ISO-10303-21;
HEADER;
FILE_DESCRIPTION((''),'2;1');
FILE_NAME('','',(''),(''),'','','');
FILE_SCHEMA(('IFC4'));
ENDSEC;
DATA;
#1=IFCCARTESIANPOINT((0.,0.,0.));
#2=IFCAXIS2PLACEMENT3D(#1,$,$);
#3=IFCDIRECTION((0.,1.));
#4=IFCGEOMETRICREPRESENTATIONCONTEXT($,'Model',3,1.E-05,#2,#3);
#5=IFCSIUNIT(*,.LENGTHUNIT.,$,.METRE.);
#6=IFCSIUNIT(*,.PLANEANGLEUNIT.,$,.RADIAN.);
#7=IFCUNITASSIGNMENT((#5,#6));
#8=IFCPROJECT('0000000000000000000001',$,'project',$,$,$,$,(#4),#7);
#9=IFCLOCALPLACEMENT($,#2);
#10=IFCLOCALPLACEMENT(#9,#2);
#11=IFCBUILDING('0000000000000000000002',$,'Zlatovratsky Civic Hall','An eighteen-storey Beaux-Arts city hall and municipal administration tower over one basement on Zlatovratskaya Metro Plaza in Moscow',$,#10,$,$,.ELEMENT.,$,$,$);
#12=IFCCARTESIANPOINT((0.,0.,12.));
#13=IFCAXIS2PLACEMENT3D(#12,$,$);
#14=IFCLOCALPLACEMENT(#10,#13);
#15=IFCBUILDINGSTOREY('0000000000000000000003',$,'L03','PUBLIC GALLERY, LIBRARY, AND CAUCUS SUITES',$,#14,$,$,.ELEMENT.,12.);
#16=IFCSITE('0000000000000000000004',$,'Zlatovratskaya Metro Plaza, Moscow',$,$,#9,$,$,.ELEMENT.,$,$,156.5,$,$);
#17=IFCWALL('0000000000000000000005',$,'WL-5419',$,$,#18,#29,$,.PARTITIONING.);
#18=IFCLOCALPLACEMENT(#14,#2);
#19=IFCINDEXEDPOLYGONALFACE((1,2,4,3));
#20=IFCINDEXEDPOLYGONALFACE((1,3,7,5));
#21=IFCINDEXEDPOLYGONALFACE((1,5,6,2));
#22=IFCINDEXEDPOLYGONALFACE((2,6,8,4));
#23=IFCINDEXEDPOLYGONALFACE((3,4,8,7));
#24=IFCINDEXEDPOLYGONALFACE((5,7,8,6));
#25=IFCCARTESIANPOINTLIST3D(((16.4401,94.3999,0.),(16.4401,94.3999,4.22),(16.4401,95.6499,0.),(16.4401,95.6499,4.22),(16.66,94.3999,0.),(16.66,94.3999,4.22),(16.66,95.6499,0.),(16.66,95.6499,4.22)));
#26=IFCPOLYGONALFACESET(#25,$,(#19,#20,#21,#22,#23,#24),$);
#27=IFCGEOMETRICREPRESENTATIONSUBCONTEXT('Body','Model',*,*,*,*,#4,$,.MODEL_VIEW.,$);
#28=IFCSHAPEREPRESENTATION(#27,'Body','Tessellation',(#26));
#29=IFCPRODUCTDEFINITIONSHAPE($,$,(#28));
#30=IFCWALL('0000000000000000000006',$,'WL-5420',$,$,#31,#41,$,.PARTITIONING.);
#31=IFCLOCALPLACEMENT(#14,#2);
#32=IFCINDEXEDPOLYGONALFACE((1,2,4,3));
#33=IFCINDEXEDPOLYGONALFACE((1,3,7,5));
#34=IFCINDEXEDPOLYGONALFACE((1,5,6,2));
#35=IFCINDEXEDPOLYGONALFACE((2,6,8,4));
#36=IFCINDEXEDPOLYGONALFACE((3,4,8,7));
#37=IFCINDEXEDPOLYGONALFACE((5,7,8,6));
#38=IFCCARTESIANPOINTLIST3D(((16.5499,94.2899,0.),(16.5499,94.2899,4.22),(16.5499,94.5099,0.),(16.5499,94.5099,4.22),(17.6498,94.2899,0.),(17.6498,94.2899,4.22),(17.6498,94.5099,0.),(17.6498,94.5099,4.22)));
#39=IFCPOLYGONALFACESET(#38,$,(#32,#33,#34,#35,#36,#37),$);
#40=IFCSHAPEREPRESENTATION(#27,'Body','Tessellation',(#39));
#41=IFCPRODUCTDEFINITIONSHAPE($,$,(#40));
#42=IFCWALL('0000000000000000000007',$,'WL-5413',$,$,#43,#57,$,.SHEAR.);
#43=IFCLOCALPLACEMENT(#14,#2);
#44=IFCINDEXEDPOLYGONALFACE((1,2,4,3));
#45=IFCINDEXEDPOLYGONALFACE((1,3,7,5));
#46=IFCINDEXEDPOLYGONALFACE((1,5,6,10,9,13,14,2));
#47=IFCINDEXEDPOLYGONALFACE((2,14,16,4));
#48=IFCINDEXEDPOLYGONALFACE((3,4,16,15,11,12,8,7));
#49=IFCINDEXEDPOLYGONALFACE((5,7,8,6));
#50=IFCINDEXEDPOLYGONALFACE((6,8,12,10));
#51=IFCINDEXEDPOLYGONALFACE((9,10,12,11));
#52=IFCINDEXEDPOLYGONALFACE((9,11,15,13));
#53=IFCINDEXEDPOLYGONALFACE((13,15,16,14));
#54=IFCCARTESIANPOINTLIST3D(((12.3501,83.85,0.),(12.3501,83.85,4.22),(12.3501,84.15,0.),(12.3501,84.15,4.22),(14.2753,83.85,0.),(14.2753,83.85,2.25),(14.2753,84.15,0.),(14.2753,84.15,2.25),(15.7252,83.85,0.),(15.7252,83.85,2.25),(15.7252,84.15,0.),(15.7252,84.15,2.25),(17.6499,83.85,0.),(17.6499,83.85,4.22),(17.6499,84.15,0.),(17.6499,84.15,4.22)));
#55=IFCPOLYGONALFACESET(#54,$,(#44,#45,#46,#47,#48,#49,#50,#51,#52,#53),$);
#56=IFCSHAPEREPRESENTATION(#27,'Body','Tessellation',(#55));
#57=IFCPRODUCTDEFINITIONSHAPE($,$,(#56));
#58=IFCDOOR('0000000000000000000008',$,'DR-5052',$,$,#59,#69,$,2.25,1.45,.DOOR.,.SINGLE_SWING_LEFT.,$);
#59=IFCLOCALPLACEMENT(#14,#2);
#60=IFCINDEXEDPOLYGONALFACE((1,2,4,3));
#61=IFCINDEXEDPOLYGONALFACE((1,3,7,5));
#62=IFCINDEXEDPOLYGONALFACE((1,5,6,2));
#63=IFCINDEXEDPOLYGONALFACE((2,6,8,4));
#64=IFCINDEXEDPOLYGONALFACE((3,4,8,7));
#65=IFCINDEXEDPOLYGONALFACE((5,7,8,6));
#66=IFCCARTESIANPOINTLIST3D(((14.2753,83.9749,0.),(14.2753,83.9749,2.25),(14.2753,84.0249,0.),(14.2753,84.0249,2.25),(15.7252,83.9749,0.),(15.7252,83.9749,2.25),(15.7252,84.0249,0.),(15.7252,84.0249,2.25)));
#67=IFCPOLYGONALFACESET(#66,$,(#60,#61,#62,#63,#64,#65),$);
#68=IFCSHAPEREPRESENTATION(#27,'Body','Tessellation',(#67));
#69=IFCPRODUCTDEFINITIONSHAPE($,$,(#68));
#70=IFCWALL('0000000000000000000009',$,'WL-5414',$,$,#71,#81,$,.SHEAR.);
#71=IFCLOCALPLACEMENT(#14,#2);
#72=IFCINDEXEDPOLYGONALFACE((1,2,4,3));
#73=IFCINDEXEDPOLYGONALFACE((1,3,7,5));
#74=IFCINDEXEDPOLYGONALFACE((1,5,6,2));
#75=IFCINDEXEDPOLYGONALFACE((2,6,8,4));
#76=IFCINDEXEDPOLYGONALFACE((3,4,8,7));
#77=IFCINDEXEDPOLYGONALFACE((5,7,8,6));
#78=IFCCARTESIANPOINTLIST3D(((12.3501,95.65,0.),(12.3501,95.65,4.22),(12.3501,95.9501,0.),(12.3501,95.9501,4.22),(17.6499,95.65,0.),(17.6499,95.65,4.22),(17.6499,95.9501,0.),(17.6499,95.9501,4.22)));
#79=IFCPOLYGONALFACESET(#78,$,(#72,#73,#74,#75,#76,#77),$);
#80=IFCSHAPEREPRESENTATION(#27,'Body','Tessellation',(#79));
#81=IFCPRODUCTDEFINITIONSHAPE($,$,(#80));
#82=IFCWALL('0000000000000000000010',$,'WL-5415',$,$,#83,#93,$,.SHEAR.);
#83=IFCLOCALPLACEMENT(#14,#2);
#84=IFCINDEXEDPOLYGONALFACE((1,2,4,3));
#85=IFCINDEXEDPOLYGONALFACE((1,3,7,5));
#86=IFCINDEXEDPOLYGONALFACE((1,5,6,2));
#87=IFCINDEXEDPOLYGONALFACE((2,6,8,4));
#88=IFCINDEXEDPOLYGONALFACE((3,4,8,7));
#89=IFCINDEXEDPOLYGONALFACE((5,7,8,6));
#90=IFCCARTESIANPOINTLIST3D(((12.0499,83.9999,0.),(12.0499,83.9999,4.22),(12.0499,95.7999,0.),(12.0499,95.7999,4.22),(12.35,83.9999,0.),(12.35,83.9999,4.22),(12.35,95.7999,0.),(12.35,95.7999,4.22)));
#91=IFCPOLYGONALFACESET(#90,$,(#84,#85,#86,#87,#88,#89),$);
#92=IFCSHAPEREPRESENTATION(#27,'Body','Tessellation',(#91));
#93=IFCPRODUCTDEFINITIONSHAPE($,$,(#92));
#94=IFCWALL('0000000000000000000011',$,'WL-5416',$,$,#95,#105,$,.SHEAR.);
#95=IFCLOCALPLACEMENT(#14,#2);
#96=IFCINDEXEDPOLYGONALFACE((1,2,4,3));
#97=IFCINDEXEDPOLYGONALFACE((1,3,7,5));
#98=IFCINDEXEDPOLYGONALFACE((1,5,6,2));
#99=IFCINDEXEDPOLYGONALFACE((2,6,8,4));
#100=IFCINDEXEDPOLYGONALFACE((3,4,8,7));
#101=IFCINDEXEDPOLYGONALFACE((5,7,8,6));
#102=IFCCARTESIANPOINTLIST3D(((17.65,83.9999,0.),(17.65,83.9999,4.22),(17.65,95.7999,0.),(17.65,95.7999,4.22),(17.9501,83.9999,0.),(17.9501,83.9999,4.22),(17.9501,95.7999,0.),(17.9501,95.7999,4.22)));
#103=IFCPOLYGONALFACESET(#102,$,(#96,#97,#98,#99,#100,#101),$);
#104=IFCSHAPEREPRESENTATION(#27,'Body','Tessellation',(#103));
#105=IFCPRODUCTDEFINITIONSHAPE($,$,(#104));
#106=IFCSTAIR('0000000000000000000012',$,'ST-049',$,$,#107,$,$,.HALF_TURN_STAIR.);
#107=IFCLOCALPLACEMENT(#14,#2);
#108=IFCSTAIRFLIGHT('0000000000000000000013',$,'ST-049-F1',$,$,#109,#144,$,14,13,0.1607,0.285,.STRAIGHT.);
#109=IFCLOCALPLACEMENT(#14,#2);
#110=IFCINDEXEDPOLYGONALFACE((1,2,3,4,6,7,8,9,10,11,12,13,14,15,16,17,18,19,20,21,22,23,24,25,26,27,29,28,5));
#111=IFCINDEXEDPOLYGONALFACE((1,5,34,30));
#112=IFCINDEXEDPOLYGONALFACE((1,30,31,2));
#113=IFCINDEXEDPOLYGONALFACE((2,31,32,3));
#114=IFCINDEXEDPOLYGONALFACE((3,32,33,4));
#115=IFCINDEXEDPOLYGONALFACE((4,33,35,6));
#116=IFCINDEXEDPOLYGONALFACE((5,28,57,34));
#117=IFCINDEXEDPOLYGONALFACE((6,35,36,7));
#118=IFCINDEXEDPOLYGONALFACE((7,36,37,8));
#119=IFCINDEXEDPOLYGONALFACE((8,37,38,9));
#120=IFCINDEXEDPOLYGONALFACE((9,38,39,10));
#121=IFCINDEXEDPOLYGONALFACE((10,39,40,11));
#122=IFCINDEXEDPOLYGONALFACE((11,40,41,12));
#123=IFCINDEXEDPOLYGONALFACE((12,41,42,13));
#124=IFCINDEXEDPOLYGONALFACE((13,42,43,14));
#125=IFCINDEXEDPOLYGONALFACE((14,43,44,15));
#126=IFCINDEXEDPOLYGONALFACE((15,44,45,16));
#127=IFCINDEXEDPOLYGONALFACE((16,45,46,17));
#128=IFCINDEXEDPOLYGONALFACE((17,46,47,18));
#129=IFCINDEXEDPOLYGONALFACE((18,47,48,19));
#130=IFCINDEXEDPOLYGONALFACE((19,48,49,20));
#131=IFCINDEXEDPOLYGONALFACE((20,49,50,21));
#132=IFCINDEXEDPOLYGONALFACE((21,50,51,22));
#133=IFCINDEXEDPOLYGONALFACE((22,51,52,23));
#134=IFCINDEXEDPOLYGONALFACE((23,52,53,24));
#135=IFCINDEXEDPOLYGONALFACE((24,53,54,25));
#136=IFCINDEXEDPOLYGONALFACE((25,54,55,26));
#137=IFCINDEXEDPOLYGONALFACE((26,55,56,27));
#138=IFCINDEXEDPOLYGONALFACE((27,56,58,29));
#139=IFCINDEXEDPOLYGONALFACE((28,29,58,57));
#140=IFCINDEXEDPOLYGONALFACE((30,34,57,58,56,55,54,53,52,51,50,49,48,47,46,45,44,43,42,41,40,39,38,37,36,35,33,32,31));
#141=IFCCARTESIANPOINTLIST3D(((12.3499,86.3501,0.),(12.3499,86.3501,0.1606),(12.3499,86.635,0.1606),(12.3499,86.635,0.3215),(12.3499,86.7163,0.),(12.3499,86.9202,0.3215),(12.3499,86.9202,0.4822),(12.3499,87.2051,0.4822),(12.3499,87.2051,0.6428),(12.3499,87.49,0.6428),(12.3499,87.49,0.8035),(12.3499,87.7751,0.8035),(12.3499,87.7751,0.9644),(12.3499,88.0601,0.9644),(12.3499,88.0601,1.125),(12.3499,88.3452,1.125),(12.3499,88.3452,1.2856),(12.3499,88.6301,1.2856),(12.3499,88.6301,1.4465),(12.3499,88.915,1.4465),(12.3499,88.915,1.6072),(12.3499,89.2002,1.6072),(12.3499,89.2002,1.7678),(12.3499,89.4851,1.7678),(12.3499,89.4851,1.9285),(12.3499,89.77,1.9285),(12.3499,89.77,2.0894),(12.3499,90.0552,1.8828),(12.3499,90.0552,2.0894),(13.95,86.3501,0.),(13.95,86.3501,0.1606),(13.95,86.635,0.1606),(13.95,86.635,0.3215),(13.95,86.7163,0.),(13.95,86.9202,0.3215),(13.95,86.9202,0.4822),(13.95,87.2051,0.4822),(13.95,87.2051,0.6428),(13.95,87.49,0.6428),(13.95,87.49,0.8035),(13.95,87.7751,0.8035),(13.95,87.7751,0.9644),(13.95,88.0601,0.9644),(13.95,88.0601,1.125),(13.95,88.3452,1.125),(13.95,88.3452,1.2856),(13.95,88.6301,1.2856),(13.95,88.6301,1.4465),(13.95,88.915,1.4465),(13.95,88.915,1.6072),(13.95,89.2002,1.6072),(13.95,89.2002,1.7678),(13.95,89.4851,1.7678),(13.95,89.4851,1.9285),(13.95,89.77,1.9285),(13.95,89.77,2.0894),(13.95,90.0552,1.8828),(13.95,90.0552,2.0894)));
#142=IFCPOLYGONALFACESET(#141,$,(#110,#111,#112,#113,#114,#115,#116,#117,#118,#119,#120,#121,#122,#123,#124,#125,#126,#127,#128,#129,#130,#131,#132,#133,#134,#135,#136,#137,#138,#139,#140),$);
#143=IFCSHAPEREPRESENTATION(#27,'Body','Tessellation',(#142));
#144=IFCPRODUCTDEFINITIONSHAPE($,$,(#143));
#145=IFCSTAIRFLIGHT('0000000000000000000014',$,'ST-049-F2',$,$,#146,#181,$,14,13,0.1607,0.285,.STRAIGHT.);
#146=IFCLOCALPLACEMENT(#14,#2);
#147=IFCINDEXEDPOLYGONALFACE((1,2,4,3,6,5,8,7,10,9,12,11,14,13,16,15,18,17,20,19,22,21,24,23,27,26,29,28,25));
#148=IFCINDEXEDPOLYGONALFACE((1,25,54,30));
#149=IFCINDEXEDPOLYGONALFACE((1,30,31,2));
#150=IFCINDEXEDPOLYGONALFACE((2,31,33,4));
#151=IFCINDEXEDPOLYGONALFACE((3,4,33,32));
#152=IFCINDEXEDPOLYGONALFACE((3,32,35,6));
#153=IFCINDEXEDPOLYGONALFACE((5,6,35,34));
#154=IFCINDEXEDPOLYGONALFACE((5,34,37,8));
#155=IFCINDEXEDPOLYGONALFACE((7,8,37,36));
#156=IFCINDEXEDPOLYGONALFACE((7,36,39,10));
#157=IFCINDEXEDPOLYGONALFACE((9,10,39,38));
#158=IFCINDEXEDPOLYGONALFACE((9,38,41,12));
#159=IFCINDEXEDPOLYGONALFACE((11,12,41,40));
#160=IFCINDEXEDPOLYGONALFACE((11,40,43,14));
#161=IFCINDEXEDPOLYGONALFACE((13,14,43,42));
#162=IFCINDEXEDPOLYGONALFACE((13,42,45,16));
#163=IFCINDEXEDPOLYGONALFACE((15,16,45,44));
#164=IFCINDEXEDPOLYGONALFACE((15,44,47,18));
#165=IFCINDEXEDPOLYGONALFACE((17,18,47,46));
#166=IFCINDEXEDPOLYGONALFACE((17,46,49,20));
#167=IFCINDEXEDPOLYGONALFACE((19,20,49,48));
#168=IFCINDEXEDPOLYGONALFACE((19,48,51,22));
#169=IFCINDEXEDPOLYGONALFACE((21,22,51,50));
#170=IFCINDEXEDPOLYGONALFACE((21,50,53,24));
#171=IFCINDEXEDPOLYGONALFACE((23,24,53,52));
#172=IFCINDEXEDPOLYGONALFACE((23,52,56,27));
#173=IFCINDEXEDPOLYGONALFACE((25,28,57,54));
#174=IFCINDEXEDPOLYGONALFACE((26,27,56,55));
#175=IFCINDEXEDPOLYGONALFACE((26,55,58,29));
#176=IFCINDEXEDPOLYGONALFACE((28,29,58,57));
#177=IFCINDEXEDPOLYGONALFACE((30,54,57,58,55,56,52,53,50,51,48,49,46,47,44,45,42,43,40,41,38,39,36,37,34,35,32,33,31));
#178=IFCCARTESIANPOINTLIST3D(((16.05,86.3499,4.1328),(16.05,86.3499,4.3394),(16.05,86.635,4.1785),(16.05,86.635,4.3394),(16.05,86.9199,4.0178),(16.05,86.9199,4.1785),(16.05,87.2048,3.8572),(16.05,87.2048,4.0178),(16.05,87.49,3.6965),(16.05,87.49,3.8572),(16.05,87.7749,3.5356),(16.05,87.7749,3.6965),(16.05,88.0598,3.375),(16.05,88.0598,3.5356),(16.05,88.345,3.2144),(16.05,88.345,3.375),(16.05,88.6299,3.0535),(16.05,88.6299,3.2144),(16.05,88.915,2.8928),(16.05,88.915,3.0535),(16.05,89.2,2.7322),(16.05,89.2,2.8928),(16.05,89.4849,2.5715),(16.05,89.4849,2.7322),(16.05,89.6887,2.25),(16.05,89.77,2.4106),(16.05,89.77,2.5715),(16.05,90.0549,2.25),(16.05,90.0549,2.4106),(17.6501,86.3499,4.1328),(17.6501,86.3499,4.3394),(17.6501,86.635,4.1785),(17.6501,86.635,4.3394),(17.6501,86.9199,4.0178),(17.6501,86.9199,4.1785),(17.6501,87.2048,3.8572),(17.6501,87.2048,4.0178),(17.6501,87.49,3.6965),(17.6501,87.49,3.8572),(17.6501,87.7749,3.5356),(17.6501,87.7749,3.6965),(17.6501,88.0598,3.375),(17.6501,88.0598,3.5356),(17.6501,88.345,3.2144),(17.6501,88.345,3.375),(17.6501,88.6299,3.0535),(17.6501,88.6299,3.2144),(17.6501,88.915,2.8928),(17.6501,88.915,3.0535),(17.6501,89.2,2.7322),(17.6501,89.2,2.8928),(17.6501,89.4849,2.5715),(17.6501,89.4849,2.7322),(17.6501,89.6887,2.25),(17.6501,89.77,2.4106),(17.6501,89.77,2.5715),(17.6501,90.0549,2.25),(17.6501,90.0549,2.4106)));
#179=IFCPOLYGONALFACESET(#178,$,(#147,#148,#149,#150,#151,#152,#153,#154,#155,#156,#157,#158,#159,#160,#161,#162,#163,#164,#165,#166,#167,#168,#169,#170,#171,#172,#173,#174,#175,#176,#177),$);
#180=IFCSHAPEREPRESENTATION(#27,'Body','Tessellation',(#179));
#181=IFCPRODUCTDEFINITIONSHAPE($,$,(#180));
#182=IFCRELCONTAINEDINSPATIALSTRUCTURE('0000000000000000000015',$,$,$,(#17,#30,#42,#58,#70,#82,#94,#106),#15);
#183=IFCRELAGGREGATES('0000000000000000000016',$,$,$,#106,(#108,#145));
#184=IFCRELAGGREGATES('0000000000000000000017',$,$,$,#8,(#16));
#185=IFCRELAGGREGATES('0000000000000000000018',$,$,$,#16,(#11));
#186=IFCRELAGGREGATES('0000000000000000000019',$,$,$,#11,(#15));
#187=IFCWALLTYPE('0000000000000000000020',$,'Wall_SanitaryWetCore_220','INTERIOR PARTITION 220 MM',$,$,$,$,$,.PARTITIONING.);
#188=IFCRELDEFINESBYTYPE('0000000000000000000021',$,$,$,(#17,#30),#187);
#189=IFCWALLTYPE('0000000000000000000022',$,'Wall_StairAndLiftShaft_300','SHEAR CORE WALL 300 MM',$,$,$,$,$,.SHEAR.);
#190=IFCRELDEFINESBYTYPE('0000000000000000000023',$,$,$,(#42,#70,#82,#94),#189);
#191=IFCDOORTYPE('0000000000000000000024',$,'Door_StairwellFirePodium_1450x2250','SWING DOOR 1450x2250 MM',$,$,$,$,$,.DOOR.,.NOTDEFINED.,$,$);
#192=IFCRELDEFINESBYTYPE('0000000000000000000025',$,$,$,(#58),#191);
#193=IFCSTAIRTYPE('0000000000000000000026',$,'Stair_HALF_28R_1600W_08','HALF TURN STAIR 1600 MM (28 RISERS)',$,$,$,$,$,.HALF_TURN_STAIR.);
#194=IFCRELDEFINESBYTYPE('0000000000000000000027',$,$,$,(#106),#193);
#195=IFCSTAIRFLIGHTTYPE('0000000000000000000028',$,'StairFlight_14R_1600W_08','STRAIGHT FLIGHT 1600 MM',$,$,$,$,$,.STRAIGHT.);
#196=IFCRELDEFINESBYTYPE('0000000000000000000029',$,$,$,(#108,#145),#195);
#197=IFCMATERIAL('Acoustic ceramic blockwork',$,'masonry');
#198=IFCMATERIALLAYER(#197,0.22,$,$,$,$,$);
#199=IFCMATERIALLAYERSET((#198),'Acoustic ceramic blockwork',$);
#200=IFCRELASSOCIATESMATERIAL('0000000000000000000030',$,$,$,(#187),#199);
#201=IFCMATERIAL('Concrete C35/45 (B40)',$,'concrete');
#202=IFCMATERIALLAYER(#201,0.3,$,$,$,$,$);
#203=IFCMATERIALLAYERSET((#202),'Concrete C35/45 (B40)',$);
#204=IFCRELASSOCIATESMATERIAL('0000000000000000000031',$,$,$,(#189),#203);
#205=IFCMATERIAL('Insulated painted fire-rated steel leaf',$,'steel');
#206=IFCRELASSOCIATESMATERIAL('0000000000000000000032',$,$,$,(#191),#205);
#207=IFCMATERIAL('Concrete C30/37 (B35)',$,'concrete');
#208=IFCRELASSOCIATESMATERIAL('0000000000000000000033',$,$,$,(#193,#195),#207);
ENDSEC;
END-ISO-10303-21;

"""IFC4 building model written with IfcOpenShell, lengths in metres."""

from ifc_helpers import new_model, si_unit, direction, frame, frame_2d, origin, place, context, subcontext, project, spatial, polyline, rectangle, outline, extrude, material, layer, layer_set, type_object, element, fill, aggregate, save


model = new_model("IFC4")

# Units and contexts
model_context = context("Model", 3, precision=1e-05, world=origin(), true_north=direction((0.0, 1.0)))
body_context = subcontext(model_context, "Body", "Model", "MODEL_VIEW")
ifc_project = project(units=[si_unit("LENGTHUNIT", "METRE"), si_unit("PLANEANGLEUNIT", "RADIAN")], contexts=[model_context])

# Site, building, storey
site_placement = place(None, origin())
site = spatial("IfcSite", under=ifc_project, at=site_placement, Name="Zlatovratskaya Metro Plaza, Moscow", CompositionType="ELEMENT", RefElevation=156.5)
building_placement = place(site_placement, origin())
building = spatial("IfcBuilding", under=site, at=building_placement, Name="Zlatovratsky Civic Hall", Description="An eighteen-storey Beaux-Arts city hall and municipal administration tower over one basement on Zlatovratskaya Metro Plaza in Moscow", CompositionType="ELEMENT")
storey_placement = place(building_placement, frame((0.0, 0.0, 12.0)))
storey = spatial("IfcBuildingStorey", under=building, at=storey_placement, Name="L03", Description="PUBLIC GALLERY, LIBRARY, AND CAUCUS SUITES", CompositionType="ELEMENT", Elevation=12.0)

# Shared definitions
ifc_material_1 = material(Name="Concrete C35/45 (B40)", Category="concrete")

# Shared definitions
ifc_material_2 = material(Name="Acoustic ceramic blockwork", Category="masonry")

# Walls
ifc_layer_1 = layer(ifc_material_2, 0.22)
ifc_layer_set_1 = layer_set([ifc_layer_1], Name="Acoustic ceramic blockwork")
wall_type_1 = type_object("IfcWallType", Name="Wall_SanitaryWetCore_220", Description="INTERIOR PARTITION 220 MM", PredefinedType="PARTITIONING", material=ifc_layer_set_1)
wall_1_placement = place(storey_placement, frame((16.55, 94.3999, 0.0), z_axis=(0.0, 0.0, 1.0), x_axis=(0.0, 1.0, 0.0)))
element("IfcWall", 1, at=wall_1_placement, inside=storey, type_object=wall_type_1, Name="WL-5419", PredefinedType="PARTITIONING", context=body_context, shape_type="SweptSolid", body=[
    extrude(rectangle(XDim=1.25, YDim=0.22, at=frame_2d((0.625, 0.0))), origin(), (0.0, 0.0, 1.0), 4.22),
])
wall_2_placement = place(storey_placement, frame((16.55, 94.3999, 0.0), z_axis=(0.0, 0.0, 1.0), x_axis=(1.0, 0.0, 0.0)))
element("IfcWall", 2, at=wall_2_placement, inside=storey, type_object=wall_type_1, Name="WL-5420", PredefinedType="PARTITIONING", context=body_context, shape_type="SweptSolid", body=[
    extrude(rectangle(XDim=1.0999, YDim=0.22, at=frame_2d((0.5498, 0.0))), origin(), (0.0, 0.0, 1.0), 4.22),
])

# Wall, opening, door
ifc_layer_2 = layer(ifc_material_1, 0.3)
ifc_layer_set_2 = layer_set([ifc_layer_2], Name="Concrete C35/45 (B40)")
wall_type_2 = type_object("IfcWallType", Name="Wall_StairAndLiftShaft_300", Description="SHEAR CORE WALL 300 MM", PredefinedType="SHEAR", material=ifc_layer_set_2)
wall_3_placement = place(storey_placement, frame((12.3501, 84.0, 0.0), z_axis=(0.0, 0.0, 1.0), x_axis=(1.0, 0.0, 0.0)))
wall_3 = element("IfcWall", 3, at=wall_3_placement, inside=storey, type_object=wall_type_2, Name="WL-5413", PredefinedType="SHEAR", context=body_context, shape_type="SweptSolid", body=[
    extrude(rectangle(XDim=5.2998, YDim=0.3, at=frame_2d((2.6499, 0.0))), origin(), (0.0, 0.0, 1.0), 4.22),
])
opening_1_placement = place(wall_3_placement, frame((1.925, 0.0, 0.0)))
opening_1 = element("IfcOpeningElement", 4, at=opening_1_placement, cuts=wall_3, PredefinedType="OPENING", context=body_context, shape_type="SweptSolid", body=[
    extrude(rectangle(XDim=1.45, YDim=2.25, at=frame_2d((0.7251, 1.125))), frame((0.0, 0.165, 0.0), z_axis=(0.0, -1.0, 0.0), x_axis=(1.0, 0.0, 0.0)), (0.0, 0.0, 1.0), 0.3298),
])
ifc_material_3 = material(Name="Insulated painted fire-rated steel leaf", Category="steel")
door_type = type_object("IfcDoorType", Name="Door_StairwellFirePodium_1450x2250", Description="SWING DOOR 1450x2250 MM", OperationType="NOTDEFINED", PredefinedType="DOOR", material=ifc_material_3)
door_placement = place(opening_1_placement, origin())
door = element("IfcDoor", 5, at=door_placement, inside=storey, type_object=door_type, Name="DR-5052", OperationType="SINGLE_SWING_LEFT", OverallHeight=2.25, OverallWidth=1.45, PredefinedType="DOOR", context=body_context, shape_type="SweptSolid", body=[
    extrude(rectangle(XDim=1.45, YDim=2.25, at=frame_2d((0.7251, 1.125))), frame((0.0, 0.0249, 0.0), z_axis=(0.0, -1.0, 0.0), x_axis=(1.0, 0.0, 0.0)), (0.0, 0.0, 1.0), 0.05),
])
fill(opening_1, door)

# Walls
wall_4_placement = place(storey_placement, frame((12.3501, 95.8, 0.0), z_axis=(0.0, 0.0, 1.0), x_axis=(1.0, 0.0, 0.0)))
element("IfcWall", 6, at=wall_4_placement, inside=storey, type_object=wall_type_2, Name="WL-5414", PredefinedType="SHEAR", context=body_context, shape_type="SweptSolid", body=[
    extrude(rectangle(XDim=5.2998, YDim=0.3, at=frame_2d((2.6499, 0.0))), origin(), (0.0, 0.0, 1.0), 4.22),
])
for number, where, z_axis, x_axis, name in (
    (7, (12.2, 84.0, 0.0), (0.0, 0.0, 1.0), (0.0, 1.0, 0.0), "WL-5415"),
    (8, (17.8, 84.0, 0.0), (0.0, 0.0, 1.0), (0.0, 1.0, 0.0), "WL-5416"),
):
    element("IfcWall", number, at=place(storey_placement, frame(where, z_axis=z_axis, x_axis=x_axis)), inside=storey, type_object=wall_type_2, Name=name, PredefinedType="SHEAR", context=body_context, shape_type="SweptSolid", body=[
        extrude(rectangle(XDim=11.8, YDim=0.3, at=frame_2d((5.8999, 0.0))), origin(), (0.0, 0.0, 1.0), 4.22),
    ])

# Stair, stair flights
ifc_material_4 = material(Name="Concrete C30/37 (B35)", Category="concrete")
stair_type = type_object("IfcStairType", Name="Stair_HALF_28R_1600W_08", Description="HALF TURN STAIR 1600 MM (28 RISERS)", PredefinedType="HALF_TURN_STAIR", material=ifc_material_4)
stair_placement = place(storey_placement, origin())
stair = element("IfcStair", 9, at=stair_placement, inside=storey, type_object=stair_type, Name="ST-049", PredefinedType="HALF_TURN_STAIR")
stair_flight_type = type_object("IfcStairFlightType", Name="StairFlight_14R_1600W_08", Description="STRAIGHT FLIGHT 1600 MM", PredefinedType="STRAIGHT", material=ifc_material_4)
stair_flight_1_placement = place(storey_placement, frame((13.1499, 86.3501, 0.0), z_axis=(0.0, 0.0, 1.0), x_axis=(0.0, 1.0, 0.0)))
stair_flight_1 = element("IfcStairFlight", 10, at=stair_flight_1_placement, type_object=stair_flight_type, Name="ST-049-F1", NumberOfRisers=14, NumberOfTreads=13, PredefinedType="STRAIGHT", RiserHeight=0.1607, TreadLength=0.285, context=body_context, shape_type="SweptSolid", body=[
    extrude(outline(polyline([(0.0, 0.0), (0.0, 0.1606), (0.2849, 0.1606), (0.2849, 0.3215), (0.5701, 0.3215), (0.5701, 0.4822), (0.855, 0.4822), (0.855, 0.6428), (1.1399, 0.6428), (1.1399, 0.8035), (1.425, 0.8035), (1.425, 0.9644), (1.71, 0.9644), (1.71, 1.125), (1.9951, 1.125), (1.9951, 1.2856), (2.28, 1.2856), (2.28, 1.4465), (2.5649, 1.4465), (2.5649, 1.6072), (2.8501, 1.6072), (2.8501, 1.7678), (3.135, 1.7678), (3.135, 1.9285), (3.4199, 1.9285), (3.4199, 2.0894), (3.7051, 2.0894), (3.7051, 2.25), (3.7051, 1.8828), (0.3662, 0.0), (0.0, 0.0)])), frame((0.0, 0.8, 0.0), z_axis=(0.0, -1.0, 0.0), x_axis=(1.0, 0.0, 0.0)), (0.0, 0.0, 1.0), 1.6001),
])
stair_flight_2_placement = place(storey_placement, frame((16.8501, 90.0549, 2.25), z_axis=(0.0, 0.0, 1.0), x_axis=(0.0, -1.0, 0.0)))
stair_flight_2 = element("IfcStairFlight", 11, at=stair_flight_2_placement, type_object=stair_flight_type, Name="ST-049-F2", NumberOfRisers=14, NumberOfTreads=13, PredefinedType="STRAIGHT", RiserHeight=0.1607, TreadLength=0.285, context=body_context, shape_type="SweptSolid", body=[
    extrude(outline(polyline([(0.0, 0.0), (0.0, 0.1606), (0.2849, 0.1606), (0.2849, 0.3215), (0.5701, 0.3215), (0.5701, 0.4822), (0.855, 0.4822), (0.855, 0.6428), (1.1399, 0.6428), (1.1399, 0.8035), (1.425, 0.8035), (1.425, 0.9644), (1.71, 0.9644), (1.71, 1.125), (1.9951, 1.125), (1.9951, 1.2856), (2.28, 1.2856), (2.28, 1.4465), (2.5649, 1.4465), (2.5649, 1.6072), (2.8501, 1.6072), (2.8501, 1.7678), (3.135, 1.7678), (3.135, 1.9285), (3.4199, 1.9285), (3.4199, 2.0894), (3.7051, 2.0894), (3.7051, 2.25), (3.7051, 1.8828), (0.3662, 0.0), (0.0, 0.0)])), frame((0.0, 0.8, 0.0), z_axis=(0.0, -1.0, 0.0), x_axis=(1.0, 0.0, 0.0)), (0.0, 0.0, 1.0), 1.6001),
])
aggregate(stair, [stair_flight_1, stair_flight_2])

save(model, "model.ifc")
